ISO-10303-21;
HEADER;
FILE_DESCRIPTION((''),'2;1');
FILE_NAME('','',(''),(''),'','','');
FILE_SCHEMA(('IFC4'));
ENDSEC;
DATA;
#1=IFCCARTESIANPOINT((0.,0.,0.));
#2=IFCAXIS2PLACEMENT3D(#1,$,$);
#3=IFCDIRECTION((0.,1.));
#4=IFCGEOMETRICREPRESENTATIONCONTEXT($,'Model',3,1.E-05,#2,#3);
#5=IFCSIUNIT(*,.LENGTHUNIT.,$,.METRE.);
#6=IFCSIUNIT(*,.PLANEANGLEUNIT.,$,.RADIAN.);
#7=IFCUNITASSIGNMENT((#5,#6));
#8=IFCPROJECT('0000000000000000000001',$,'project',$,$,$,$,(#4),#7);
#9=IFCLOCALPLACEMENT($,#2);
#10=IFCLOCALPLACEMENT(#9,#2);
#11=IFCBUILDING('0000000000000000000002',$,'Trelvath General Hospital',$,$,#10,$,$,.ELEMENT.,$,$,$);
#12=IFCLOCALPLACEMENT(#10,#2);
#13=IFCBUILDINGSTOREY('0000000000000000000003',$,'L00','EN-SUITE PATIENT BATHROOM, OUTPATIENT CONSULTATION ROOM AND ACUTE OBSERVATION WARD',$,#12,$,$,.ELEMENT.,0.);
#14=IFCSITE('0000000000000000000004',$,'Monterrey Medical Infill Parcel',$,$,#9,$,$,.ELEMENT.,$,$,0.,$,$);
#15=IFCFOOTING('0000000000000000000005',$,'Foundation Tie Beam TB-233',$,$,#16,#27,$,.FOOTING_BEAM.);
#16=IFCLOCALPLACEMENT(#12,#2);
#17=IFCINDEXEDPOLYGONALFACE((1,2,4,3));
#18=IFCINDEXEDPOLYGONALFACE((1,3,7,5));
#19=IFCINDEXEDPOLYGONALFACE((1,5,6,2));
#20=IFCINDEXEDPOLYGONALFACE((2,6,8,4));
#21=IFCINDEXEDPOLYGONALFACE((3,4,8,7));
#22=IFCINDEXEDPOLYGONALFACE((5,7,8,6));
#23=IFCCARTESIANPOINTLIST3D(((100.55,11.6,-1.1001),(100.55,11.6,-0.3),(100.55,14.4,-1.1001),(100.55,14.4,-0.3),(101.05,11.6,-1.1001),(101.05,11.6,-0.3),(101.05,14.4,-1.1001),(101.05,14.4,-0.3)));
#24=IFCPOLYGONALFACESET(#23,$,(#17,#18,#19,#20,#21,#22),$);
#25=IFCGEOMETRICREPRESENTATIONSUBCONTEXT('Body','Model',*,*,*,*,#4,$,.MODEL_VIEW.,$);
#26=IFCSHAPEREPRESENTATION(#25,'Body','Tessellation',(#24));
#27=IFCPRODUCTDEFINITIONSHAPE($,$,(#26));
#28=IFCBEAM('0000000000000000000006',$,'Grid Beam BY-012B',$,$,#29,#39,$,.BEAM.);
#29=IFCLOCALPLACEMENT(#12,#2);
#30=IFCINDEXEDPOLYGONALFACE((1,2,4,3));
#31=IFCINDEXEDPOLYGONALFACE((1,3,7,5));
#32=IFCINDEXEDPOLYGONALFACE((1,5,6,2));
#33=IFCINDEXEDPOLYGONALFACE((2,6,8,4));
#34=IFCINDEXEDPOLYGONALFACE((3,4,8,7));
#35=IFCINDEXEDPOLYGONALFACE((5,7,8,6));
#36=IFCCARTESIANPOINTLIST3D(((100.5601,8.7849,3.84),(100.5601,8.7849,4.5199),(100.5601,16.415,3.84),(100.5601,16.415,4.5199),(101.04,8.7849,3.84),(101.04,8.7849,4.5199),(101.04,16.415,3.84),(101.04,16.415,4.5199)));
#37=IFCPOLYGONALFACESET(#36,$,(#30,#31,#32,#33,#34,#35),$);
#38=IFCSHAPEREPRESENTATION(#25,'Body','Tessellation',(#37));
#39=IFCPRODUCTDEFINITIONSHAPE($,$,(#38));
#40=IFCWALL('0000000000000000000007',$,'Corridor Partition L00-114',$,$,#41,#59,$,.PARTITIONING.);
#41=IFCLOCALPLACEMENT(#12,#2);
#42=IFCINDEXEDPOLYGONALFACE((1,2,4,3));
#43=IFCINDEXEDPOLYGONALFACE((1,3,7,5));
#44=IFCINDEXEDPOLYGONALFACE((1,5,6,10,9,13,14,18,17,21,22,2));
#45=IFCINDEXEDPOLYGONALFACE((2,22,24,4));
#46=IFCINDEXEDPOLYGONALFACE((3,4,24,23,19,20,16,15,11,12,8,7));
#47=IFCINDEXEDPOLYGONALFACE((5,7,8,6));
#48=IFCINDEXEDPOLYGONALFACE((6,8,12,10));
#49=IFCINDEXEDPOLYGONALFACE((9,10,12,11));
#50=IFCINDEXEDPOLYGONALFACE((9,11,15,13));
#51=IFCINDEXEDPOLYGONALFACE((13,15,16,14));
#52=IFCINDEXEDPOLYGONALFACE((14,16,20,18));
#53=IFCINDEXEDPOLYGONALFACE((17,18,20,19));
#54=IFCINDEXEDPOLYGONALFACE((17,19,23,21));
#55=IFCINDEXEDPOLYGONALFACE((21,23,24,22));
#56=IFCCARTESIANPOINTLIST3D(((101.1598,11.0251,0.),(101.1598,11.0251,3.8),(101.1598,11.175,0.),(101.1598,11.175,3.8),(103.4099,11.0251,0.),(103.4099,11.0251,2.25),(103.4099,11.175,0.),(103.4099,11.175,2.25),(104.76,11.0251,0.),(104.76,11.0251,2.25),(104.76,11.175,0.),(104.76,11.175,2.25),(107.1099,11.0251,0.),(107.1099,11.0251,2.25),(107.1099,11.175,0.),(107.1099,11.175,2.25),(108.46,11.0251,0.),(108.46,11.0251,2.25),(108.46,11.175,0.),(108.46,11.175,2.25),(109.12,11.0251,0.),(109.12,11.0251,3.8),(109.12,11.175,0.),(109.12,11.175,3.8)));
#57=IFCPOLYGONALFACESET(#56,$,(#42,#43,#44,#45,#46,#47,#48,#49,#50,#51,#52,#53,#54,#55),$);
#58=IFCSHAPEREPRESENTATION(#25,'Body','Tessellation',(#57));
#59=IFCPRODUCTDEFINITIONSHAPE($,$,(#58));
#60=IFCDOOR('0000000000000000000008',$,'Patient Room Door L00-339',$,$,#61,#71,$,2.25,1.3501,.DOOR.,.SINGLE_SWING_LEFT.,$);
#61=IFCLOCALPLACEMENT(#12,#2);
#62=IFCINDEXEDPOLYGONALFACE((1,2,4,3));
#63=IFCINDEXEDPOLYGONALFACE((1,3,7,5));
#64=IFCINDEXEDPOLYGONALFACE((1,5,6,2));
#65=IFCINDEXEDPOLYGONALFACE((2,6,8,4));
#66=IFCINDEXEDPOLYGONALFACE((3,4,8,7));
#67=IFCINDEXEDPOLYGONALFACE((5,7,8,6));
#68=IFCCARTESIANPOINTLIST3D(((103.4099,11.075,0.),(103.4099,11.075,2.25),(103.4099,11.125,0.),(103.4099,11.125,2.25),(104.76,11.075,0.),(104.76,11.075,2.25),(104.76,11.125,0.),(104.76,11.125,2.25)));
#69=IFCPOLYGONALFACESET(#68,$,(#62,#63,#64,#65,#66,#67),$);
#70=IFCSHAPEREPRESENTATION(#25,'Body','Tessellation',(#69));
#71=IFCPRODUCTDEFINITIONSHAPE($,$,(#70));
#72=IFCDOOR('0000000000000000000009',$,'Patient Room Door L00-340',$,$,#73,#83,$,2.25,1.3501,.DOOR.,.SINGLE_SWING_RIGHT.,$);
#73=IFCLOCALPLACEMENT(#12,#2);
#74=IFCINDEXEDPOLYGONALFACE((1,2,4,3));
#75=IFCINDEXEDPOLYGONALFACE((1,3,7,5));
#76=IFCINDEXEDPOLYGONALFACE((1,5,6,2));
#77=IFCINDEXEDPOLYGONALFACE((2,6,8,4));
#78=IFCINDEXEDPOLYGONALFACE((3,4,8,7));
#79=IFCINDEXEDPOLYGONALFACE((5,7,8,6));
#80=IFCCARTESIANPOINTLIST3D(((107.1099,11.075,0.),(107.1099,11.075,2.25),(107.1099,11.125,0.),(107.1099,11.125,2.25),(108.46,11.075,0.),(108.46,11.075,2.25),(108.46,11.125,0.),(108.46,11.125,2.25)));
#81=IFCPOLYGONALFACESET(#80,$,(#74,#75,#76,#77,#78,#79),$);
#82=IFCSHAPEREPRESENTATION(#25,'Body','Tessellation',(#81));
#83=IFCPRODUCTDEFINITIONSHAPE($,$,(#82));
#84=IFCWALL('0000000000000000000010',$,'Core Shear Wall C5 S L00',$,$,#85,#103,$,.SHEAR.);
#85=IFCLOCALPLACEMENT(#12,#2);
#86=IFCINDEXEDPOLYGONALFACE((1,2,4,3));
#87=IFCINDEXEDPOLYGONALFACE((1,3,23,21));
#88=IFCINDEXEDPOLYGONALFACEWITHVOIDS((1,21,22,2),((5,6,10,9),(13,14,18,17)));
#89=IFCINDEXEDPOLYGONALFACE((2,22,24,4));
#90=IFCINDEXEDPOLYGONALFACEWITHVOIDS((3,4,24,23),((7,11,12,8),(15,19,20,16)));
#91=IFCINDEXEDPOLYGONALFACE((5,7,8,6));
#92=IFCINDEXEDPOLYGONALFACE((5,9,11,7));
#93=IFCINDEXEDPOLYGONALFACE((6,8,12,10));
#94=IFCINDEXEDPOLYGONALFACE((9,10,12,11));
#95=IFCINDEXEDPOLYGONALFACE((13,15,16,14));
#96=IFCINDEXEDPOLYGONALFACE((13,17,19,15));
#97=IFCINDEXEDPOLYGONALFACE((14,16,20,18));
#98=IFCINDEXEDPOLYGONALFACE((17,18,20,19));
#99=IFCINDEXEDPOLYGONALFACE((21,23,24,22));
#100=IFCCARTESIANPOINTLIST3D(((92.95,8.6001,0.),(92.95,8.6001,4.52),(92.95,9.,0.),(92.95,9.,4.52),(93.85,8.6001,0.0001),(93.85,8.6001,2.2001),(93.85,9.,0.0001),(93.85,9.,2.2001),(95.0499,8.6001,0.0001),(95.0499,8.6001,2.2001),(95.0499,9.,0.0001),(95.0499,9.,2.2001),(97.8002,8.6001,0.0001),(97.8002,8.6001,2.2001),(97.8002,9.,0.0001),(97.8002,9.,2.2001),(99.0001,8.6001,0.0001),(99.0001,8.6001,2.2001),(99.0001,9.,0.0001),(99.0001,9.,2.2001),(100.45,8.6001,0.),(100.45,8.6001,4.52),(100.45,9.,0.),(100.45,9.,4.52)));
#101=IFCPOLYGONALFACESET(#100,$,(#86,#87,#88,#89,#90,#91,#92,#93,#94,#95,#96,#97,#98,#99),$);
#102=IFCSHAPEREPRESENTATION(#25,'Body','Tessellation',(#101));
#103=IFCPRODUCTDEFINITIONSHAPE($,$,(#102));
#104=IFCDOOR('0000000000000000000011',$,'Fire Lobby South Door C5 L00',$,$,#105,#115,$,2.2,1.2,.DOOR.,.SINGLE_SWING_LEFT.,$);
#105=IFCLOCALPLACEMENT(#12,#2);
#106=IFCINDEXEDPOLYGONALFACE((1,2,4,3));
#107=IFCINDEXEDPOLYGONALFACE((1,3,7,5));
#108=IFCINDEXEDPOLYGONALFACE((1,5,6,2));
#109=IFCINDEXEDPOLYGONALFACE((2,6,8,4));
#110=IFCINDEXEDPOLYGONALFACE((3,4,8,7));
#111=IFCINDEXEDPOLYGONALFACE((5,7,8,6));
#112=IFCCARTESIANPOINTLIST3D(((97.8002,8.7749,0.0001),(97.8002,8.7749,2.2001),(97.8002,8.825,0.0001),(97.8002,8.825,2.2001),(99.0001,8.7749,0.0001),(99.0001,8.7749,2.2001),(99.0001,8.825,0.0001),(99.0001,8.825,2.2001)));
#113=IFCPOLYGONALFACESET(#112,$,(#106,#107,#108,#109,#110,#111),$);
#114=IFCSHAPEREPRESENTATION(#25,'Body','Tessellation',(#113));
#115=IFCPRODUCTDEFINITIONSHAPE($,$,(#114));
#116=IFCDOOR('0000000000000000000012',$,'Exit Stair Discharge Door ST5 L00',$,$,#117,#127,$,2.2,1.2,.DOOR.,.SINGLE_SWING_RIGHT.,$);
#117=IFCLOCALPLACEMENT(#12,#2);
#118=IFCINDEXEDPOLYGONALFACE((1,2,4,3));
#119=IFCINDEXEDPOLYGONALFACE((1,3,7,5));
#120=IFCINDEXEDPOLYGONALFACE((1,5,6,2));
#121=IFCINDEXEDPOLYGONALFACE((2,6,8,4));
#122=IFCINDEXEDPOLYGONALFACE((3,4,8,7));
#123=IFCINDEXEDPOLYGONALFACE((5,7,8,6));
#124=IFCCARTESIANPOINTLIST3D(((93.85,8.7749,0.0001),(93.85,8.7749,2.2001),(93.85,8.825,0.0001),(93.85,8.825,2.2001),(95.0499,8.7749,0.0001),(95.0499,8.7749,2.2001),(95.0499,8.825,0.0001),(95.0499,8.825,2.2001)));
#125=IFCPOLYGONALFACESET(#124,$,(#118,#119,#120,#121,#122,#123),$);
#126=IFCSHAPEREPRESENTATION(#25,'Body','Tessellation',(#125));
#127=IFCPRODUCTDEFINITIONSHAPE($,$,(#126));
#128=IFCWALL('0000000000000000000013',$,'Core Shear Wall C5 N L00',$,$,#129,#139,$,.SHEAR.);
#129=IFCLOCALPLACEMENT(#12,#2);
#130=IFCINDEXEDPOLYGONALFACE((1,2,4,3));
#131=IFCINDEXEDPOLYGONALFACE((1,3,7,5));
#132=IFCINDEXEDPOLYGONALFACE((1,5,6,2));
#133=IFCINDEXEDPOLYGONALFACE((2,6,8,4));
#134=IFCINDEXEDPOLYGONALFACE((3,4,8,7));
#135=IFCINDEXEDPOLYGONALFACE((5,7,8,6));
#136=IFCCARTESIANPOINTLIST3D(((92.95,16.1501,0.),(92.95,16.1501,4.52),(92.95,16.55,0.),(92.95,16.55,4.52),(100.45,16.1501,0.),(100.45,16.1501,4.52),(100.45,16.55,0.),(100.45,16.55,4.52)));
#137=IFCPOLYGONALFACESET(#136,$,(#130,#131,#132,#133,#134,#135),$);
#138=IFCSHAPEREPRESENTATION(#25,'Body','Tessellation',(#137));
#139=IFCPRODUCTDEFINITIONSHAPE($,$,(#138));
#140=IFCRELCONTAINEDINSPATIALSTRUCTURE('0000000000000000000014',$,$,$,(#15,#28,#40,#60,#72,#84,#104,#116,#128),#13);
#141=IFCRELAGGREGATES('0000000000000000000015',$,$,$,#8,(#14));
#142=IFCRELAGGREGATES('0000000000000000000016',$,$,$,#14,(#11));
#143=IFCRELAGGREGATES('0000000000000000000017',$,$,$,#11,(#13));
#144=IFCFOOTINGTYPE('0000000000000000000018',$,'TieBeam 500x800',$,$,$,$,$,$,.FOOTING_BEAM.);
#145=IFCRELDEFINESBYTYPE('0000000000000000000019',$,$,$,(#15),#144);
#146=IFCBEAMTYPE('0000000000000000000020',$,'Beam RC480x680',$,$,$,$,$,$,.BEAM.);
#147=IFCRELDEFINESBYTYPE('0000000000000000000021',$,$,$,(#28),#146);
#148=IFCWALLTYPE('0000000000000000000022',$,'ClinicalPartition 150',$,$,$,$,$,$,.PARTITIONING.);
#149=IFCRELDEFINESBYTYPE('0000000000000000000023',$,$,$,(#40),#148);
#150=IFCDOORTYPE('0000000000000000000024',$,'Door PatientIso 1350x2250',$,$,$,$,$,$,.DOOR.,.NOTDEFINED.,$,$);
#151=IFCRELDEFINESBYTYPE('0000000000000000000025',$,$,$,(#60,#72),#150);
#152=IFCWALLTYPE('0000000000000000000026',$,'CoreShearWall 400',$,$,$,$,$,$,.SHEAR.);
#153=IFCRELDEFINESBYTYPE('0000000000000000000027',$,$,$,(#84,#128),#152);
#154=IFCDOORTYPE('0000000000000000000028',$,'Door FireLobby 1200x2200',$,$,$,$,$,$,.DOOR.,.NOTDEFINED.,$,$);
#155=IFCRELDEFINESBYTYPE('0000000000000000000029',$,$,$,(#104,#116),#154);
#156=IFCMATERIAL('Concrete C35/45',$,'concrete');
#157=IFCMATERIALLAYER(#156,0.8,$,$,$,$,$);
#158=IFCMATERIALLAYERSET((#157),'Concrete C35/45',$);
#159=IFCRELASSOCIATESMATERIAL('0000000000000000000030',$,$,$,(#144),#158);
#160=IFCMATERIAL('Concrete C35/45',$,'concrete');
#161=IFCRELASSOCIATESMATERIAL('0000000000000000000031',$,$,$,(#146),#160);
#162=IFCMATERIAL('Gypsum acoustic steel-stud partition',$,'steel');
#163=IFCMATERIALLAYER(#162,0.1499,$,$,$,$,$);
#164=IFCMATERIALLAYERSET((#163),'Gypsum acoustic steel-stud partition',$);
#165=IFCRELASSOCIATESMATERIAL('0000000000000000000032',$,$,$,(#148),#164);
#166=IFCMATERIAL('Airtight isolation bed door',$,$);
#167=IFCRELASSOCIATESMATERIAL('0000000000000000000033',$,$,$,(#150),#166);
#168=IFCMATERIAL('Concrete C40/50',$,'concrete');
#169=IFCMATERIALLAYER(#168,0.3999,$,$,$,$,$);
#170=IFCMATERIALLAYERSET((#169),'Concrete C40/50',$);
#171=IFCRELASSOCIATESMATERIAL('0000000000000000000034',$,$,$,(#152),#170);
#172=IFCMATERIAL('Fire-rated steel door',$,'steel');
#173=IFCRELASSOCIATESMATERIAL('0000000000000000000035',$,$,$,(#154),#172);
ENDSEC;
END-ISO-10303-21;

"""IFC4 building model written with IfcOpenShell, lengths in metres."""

from ifc_helpers import new_model, si_unit, direction, frame, frame_2d, origin, origin_2d, place, context, subcontext, project, spatial, rectangle, extrude, material, layer, layer_set, material_profile, profile_set, type_object, element, fill, save


model = new_model("IFC4")

# Units and contexts
model_context = context("Model", 3, precision=1e-05, world=origin(), true_north=direction((0.0, 1.0)))
body_context = subcontext(model_context, "Body", "Model", "MODEL_VIEW")
ifc_project = project(units=[si_unit("LENGTHUNIT", "METRE"), si_unit("PLANEANGLEUNIT", "RADIAN")], contexts=[model_context])

# Site, building, storey
site_placement = place(None, origin())
site = spatial("IfcSite", under=ifc_project, at=site_placement, Name="Monterrey Medical Infill Parcel", CompositionType="ELEMENT", RefElevation=0.0)
building_placement = place(site_placement, origin())
building = spatial("IfcBuilding", under=site, at=building_placement, Name="Trelvath General Hospital", CompositionType="ELEMENT")
storey_placement = place(building_placement, origin())
storey = spatial("IfcBuildingStorey", under=building, at=storey_placement, Name="L00", Description="EN-SUITE PATIENT BATHROOM, OUTPATIENT CONSULTATION ROOM AND ACUTE OBSERVATION WARD", CompositionType="ELEMENT", Elevation=0.0)

# Footing
ifc_material_1 = material(Name="Concrete C35/45", Category="concrete")
ifc_layer_1 = layer(ifc_material_1, 0.8)
ifc_layer_set_1 = layer_set([ifc_layer_1], Name="Concrete C35/45")
footing_type = type_object("IfcFootingType", Name="TieBeam 500x800", PredefinedType="FOOTING_BEAM", material=ifc_layer_set_1)
footing_placement = place(storey_placement, frame((100.8, 13.0, -1.1001), z_axis=(0.0, 0.0, 1.0), x_axis=(1.0, 0.0, 0.0)))
element("IfcFooting", 1, at=footing_placement, inside=storey, type_object=footing_type, Name="Foundation Tie Beam TB-233", PredefinedType="FOOTING_BEAM", context=body_context, shape_type="SweptSolid", body=[
    extrude(rectangle(XDim=0.5, YDim=2.8, at=origin_2d()), origin(), (0.0, 0.0, 1.0), 0.8),
])

# Beam
ifc_material_2 = material(Name="Concrete C35/45", Category="concrete")
ifc_material_profile_1 = material_profile(ifc_material_2, rectangle(XDim=0.48, YDim=0.6799, at=origin_2d()), Name="RCB480x680")
ifc_profile_set_1 = profile_set([ifc_material_profile_1], Name="Concrete C35/45")
beam_type = type_object("IfcBeamType", Name="Beam RC480x680", PredefinedType="BEAM", material=ifc_profile_set_1)
beam_placement = place(storey_placement, frame((100.8, 8.7849, 4.1799), z_axis=(0.0, 1.0, 0.0), x_axis=(-1.0, 0.0, 0.0)))
element("IfcBeam", 2, at=beam_placement, inside=storey, type_object=beam_type, Name="Grid Beam BY-012B", PredefinedType="BEAM", context=body_context, shape_type="SweptSolid", body=[
    extrude(rectangle(XDim=0.48, YDim=0.6799, at=origin_2d()), origin(), (0.0, 0.0, 1.0), 7.6301),
])

# Walls, openings, doors
ifc_material_3 = material(Name="Gypsum acoustic steel-stud partition", Category="steel")
ifc_layer_2 = layer(ifc_material_3, 0.1499)
ifc_layer_set_2 = layer_set([ifc_layer_2], Name="Gypsum acoustic steel-stud partition")
wall_type_1 = type_object("IfcWallType", Name="ClinicalPartition 150", PredefinedType="PARTITIONING", material=ifc_layer_set_2)
wall_1_placement = place(storey_placement, frame((101.1599, 11.1001, 0.0), z_axis=(0.0, 0.0, 1.0), x_axis=(1.0, 0.0, 0.0)))
wall_1 = element("IfcWall", 3, at=wall_1_placement, inside=storey, type_object=wall_type_1, Name="Corridor Partition L00-114", PredefinedType="PARTITIONING", context=body_context, shape_type="SweptSolid", body=[
    extrude(rectangle(XDim=7.9602, YDim=0.1499, at=frame_2d((3.98, 0.0))), origin(), (0.0, 0.0, 1.0), 3.8),
])
opening_1_placement = place(wall_1_placement, frame((2.25, 0.0, 0.0)))
opening_1 = element("IfcOpeningElement", 4, at=opening_1_placement, cuts=wall_1, PredefinedType="OPENING", context=body_context, shape_type="SweptSolid", body=[
    extrude(rectangle(XDim=1.3501, YDim=2.25, at=frame_2d((0.675, 1.125))), frame((0.0, 0.085, 0.0), z_axis=(0.0, -1.0, 0.0), x_axis=(1.0, 0.0, 0.0)), (0.0, 0.0, 1.0), 0.1699),
])
opening_2_placement = place(wall_1_placement, frame((5.95, 0.0, 0.0)))
opening_2 = element("IfcOpeningElement", 5, at=opening_2_placement, cuts=wall_1, PredefinedType="OPENING", context=body_context, shape_type="SweptSolid", body=[
    extrude(rectangle(XDim=1.3501, YDim=2.25, at=frame_2d((0.675, 1.125))), frame((0.0, 0.085, 0.0), z_axis=(0.0, -1.0, 0.0), x_axis=(1.0, 0.0, 0.0)), (0.0, 0.0, 1.0), 0.1699),
])
ifc_material_4 = material(Name="Airtight isolation bed door")
door_type_1 = type_object("IfcDoorType", Name="Door PatientIso 1350x2250", OperationType="NOTDEFINED", PredefinedType="DOOR", material=ifc_material_4)
door_1_placement = place(opening_1_placement, origin())
door_1 = element("IfcDoor", 6, at=door_1_placement, inside=storey, type_object=door_type_1, Name="Patient Room Door L00-339", OperationType="SINGLE_SWING_LEFT", OverallHeight=2.25, OverallWidth=1.3501, PredefinedType="DOOR", context=body_context, shape_type="SweptSolid", body=[
    extrude(rectangle(XDim=1.3501, YDim=2.25, at=frame_2d((0.675, 1.125))), frame((0.0, 0.0249, 0.0), z_axis=(0.0, -1.0, 0.0), x_axis=(1.0, 0.0, 0.0)), (0.0, 0.0, 1.0), 0.05),
])
fill(opening_1, door_1)
door_2_placement = place(opening_2_placement, origin())
door_2 = element("IfcDoor", 7, at=door_2_placement, inside=storey, type_object=door_type_1, Name="Patient Room Door L00-340", OperationType="SINGLE_SWING_RIGHT", OverallHeight=2.25, OverallWidth=1.3501, PredefinedType="DOOR", context=body_context, shape_type="SweptSolid", body=[
    extrude(rectangle(XDim=1.3501, YDim=2.25, at=frame_2d((0.675, 1.125))), frame((0.0, 0.0249, 0.0), z_axis=(0.0, -1.0, 0.0), x_axis=(1.0, 0.0, 0.0)), (0.0, 0.0, 1.0), 0.05),
])
fill(opening_2, door_2)
ifc_material_5 = material(Name="Concrete C40/50", Category="concrete")
ifc_layer_3 = layer(ifc_material_5, 0.3999)
ifc_layer_set_3 = layer_set([ifc_layer_3], Name="Concrete C40/50")
wall_type_2 = type_object("IfcWallType", Name="CoreShearWall 400", PredefinedType="SHEAR", material=ifc_layer_set_3)
wall_2_placement = place(storey_placement, frame((92.95, 8.8, 0.0), z_axis=(0.0, 0.0, 1.0), x_axis=(1.0, 0.0, 0.0)))
wall_2 = element("IfcWall", 8, at=wall_2_placement, inside=storey, type_object=wall_type_2, Name="Core Shear Wall C5 S L00", PredefinedType="SHEAR", context=body_context, shape_type="SweptSolid", body=[
    extrude(rectangle(XDim=7.5, YDim=0.3999, at=frame_2d((3.75, 0.0))), origin(), (0.0, 0.0, 1.0), 4.52),
])
opening_3_placement = place(wall_2_placement, frame((4.8501, 0.0, 0.0)))
opening_3 = element("IfcOpeningElement", 9, at=opening_3_placement, cuts=wall_2, PredefinedType="OPENING", context=body_context, shape_type="SweptSolid", body=[
    extrude(rectangle(XDim=1.2, YDim=2.2, at=frame_2d((0.6001, 1.1001))), frame((0.0, 0.21, 0.0), z_axis=(0.0, -1.0, 0.0), x_axis=(1.0, 0.0, 0.0)), (0.0, 0.0, 1.0), 0.4199),
])
opening_4_placement = place(wall_2_placement, frame((0.8999, 0.0, 0.0)))
opening_4 = element("IfcOpeningElement", 10, at=opening_4_placement, cuts=wall_2, PredefinedType="OPENING", context=body_context, shape_type="SweptSolid", body=[
    extrude(rectangle(XDim=1.2, YDim=2.2, at=frame_2d((0.6001, 1.1001))), frame((0.0, 0.21, 0.0), z_axis=(0.0, -1.0, 0.0), x_axis=(1.0, 0.0, 0.0)), (0.0, 0.0, 1.0), 0.4199),
])
ifc_material_6 = material(Name="Fire-rated steel door", Category="steel")
door_type_2 = type_object("IfcDoorType", Name="Door FireLobby 1200x2200", OperationType="NOTDEFINED", PredefinedType="DOOR", material=ifc_material_6)
door_3_placement = place(opening_3_placement, origin())
door_3 = element("IfcDoor", 11, at=door_3_placement, inside=storey, type_object=door_type_2, Name="Fire Lobby South Door C5 L00", OperationType="SINGLE_SWING_LEFT", OverallHeight=2.2, OverallWidth=1.2, PredefinedType="DOOR", context=body_context, shape_type="SweptSolid", body=[
    extrude(rectangle(XDim=1.2, YDim=2.2, at=frame_2d((0.6001, 1.1001))), frame((0.0, 0.0249, 0.0), z_axis=(0.0, -1.0, 0.0), x_axis=(1.0, 0.0, 0.0)), (0.0, 0.0, 1.0), 0.05),
])
fill(opening_3, door_3)
door_4_placement = place(opening_4_placement, origin())
door_4 = element("IfcDoor", 12, at=door_4_placement, inside=storey, type_object=door_type_2, Name="Exit Stair Discharge Door ST5 L00", OperationType="SINGLE_SWING_RIGHT", OverallHeight=2.2, OverallWidth=1.2, PredefinedType="DOOR", context=body_context, shape_type="SweptSolid", body=[
    extrude(rectangle(XDim=1.2, YDim=2.2, at=frame_2d((0.6001, 1.1001))), frame((0.0, 0.0249, 0.0), z_axis=(0.0, -1.0, 0.0), x_axis=(1.0, 0.0, 0.0)), (0.0, 0.0, 1.0), 0.05),
])
fill(opening_4, door_4)

# Wall
wall_3_placement = place(storey_placement, frame((92.95, 16.3501, 0.0), z_axis=(0.0, 0.0, 1.0), x_axis=(1.0, 0.0, 0.0)))
element("IfcWall", 13, at=wall_3_placement, inside=storey, type_object=wall_type_2, Name="Core Shear Wall C5 N L00", PredefinedType="SHEAR", context=body_context, shape_type="SweptSolid", body=[
    extrude(rectangle(XDim=7.5, YDim=0.3999, at=frame_2d((3.75, 0.0))), origin(), (0.0, 0.0, 1.0), 4.52),
])

save(model, "model.ifc")
